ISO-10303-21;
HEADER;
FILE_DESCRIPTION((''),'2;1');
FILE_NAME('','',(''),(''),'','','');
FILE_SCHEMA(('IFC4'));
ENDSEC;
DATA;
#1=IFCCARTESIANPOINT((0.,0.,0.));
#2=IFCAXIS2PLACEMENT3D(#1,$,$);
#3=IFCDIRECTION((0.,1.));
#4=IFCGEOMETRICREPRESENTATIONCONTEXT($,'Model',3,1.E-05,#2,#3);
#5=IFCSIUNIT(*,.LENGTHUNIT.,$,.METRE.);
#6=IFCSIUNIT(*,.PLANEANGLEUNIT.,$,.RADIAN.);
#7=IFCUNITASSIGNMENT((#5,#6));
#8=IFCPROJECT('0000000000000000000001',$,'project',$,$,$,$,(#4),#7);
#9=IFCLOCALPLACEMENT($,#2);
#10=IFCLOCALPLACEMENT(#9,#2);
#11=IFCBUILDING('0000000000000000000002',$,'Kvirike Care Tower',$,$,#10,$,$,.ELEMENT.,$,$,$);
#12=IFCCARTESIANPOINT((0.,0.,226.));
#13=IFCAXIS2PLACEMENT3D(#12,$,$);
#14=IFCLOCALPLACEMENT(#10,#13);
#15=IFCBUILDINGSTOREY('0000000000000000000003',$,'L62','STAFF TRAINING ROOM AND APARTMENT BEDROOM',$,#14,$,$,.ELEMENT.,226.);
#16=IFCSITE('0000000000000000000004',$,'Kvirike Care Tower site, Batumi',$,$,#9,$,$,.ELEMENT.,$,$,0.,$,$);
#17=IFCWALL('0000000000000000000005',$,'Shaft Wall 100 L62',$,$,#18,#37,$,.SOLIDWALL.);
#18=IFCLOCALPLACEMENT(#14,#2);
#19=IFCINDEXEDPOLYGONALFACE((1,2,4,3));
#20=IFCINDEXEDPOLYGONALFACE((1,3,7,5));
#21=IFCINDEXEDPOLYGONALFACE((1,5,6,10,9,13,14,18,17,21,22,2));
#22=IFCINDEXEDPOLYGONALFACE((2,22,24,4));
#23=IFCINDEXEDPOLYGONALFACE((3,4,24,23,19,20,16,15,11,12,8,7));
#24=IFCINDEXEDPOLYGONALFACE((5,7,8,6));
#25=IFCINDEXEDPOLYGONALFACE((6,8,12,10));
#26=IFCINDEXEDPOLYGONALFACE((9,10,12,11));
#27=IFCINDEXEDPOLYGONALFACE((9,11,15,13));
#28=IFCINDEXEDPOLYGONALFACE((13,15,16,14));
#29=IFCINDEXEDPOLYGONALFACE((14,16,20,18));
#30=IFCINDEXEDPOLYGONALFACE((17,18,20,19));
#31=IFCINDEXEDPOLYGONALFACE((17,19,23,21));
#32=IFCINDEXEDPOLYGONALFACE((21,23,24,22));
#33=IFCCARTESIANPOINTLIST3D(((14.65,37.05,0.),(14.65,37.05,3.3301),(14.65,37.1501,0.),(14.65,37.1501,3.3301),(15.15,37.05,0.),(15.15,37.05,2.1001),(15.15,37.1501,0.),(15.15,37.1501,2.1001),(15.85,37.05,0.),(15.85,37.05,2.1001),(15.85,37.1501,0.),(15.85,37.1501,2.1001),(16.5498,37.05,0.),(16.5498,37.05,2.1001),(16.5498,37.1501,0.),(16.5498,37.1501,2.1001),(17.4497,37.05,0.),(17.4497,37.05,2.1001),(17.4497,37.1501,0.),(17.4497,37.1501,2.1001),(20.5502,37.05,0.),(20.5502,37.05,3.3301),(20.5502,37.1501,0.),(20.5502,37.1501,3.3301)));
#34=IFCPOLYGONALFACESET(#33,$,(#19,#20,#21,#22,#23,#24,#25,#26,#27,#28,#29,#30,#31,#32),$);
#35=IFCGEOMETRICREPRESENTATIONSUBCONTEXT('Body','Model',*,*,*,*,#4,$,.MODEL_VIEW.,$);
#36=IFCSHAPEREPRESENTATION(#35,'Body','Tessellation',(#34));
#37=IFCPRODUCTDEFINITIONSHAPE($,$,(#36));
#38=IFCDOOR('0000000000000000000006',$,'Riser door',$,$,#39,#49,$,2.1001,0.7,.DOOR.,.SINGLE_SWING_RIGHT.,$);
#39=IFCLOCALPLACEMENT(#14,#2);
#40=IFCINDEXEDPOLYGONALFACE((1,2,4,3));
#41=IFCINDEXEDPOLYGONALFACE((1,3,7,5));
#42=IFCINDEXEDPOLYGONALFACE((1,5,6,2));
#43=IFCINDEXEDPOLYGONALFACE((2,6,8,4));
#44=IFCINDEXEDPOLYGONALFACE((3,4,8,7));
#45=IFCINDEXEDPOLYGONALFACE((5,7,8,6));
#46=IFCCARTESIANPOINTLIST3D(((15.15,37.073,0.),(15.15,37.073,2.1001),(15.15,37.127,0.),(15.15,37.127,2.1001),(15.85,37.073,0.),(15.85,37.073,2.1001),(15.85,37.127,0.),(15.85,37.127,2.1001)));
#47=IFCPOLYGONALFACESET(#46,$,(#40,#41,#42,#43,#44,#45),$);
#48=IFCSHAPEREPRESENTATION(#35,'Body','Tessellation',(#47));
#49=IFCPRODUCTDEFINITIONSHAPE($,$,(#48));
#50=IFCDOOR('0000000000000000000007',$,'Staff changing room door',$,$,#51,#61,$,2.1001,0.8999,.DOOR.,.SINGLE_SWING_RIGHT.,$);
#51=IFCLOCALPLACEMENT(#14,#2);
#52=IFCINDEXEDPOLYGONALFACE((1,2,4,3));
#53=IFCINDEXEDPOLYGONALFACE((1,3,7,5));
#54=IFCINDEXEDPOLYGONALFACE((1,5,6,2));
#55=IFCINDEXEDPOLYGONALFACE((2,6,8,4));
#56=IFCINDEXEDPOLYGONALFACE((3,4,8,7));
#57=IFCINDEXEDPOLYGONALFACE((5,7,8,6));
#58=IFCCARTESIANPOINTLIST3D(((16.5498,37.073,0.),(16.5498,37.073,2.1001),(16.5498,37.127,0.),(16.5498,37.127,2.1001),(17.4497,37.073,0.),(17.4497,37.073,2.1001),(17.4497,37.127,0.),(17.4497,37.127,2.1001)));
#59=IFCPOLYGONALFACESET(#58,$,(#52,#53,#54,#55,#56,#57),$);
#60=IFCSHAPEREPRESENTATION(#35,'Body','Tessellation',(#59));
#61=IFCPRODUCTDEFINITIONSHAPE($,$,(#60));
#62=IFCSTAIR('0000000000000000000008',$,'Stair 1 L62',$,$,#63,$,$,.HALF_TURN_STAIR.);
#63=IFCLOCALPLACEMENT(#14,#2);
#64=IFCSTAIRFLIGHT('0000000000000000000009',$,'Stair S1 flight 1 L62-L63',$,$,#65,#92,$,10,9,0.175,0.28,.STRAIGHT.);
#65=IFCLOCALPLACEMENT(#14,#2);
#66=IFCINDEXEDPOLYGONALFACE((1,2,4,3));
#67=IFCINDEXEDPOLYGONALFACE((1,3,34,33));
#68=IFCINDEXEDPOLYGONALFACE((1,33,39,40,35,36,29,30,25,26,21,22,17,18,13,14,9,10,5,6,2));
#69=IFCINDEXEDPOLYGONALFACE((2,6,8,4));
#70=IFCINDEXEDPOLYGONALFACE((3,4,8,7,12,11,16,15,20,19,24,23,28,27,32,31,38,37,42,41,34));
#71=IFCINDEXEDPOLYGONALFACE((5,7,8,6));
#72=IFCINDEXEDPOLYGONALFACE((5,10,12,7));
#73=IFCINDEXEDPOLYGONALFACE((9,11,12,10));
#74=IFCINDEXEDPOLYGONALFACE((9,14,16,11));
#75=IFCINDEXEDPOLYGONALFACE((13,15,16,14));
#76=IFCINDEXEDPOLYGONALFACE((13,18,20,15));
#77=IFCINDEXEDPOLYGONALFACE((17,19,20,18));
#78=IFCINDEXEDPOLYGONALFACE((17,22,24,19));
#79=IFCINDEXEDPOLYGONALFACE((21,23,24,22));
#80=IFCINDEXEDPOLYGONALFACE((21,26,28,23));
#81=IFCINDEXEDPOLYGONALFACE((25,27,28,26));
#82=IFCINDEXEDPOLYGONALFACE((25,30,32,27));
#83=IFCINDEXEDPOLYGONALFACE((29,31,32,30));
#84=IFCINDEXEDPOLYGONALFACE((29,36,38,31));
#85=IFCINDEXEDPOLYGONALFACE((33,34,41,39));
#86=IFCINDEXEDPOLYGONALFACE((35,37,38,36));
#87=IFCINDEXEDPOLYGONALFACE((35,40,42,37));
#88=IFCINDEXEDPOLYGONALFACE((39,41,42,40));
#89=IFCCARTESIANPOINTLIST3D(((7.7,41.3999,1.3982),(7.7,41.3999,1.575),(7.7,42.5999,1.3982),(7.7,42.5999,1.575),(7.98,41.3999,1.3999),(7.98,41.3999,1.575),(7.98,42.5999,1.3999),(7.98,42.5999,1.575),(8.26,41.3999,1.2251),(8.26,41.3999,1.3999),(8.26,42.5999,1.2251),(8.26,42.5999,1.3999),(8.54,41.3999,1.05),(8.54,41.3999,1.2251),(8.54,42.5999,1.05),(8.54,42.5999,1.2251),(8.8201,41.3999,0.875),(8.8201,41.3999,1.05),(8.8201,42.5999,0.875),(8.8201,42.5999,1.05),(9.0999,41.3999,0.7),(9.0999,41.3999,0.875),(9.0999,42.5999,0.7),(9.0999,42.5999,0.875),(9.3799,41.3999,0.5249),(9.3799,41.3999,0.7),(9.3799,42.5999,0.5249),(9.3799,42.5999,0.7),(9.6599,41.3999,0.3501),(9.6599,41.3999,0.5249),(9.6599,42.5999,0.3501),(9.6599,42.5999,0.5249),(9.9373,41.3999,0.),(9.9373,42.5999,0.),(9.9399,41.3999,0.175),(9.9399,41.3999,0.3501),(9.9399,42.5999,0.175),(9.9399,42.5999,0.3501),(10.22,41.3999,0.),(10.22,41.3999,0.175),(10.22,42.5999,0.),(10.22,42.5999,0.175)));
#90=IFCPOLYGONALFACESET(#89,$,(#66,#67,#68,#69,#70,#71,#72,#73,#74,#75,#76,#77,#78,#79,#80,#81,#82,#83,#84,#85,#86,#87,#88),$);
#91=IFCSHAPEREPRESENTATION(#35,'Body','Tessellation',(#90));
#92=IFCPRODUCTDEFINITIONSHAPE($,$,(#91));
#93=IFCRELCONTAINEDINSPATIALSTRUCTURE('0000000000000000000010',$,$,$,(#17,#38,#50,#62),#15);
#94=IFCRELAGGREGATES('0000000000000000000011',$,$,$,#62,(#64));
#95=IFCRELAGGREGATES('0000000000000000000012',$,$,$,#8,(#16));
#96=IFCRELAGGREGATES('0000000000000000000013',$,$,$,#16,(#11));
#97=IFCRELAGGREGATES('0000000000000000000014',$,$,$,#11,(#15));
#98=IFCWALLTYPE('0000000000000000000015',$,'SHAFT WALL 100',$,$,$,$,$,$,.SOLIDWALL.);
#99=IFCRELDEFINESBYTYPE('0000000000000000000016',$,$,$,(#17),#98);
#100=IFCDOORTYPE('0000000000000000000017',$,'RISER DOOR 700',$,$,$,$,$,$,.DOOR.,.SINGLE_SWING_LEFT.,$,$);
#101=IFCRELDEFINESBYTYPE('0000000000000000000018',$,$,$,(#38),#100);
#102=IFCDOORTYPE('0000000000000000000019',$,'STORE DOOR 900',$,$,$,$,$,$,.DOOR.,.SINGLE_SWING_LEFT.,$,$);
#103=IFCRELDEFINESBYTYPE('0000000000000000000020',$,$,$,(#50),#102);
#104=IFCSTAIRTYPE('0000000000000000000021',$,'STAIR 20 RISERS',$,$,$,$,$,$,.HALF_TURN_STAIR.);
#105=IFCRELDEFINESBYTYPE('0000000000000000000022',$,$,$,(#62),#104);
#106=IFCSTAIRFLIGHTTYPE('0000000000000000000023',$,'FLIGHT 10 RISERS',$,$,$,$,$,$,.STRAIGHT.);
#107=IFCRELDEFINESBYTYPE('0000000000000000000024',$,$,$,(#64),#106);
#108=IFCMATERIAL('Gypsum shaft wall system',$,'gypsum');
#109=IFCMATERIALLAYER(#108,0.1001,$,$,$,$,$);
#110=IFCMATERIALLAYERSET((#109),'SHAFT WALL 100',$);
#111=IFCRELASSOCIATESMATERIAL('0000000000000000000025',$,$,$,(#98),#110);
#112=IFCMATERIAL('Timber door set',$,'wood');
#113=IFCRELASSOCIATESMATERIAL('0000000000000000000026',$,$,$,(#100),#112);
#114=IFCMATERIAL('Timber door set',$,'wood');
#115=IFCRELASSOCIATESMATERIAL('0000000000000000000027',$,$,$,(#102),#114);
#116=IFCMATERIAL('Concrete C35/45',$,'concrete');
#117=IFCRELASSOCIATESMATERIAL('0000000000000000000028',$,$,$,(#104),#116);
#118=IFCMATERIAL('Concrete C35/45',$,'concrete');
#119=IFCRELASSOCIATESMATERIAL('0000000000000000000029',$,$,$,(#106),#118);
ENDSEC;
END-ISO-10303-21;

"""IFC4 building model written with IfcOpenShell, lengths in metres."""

from ifc_helpers import new_model, si_unit, direction, frame, frame_2d, origin, place, context, subcontext, project, spatial, polyline, rectangle, outline, extrude, material, layer, layer_set, type_object, element, fill, aggregate, save


model = new_model("IFC4")

# Units and contexts
model_context = context("Model", 3, precision=1e-05, world=origin(), true_north=direction((0.0, 1.0)))
body_context = subcontext(model_context, "Body", "Model", "MODEL_VIEW")
ifc_project = project(units=[si_unit("LENGTHUNIT", "METRE"), si_unit("PLANEANGLEUNIT", "RADIAN")], contexts=[model_context])

# Site, building, storey
site_placement = place(None, origin())
site = spatial("IfcSite", under=ifc_project, at=site_placement, Name="Kvirike Care Tower site, Batumi", CompositionType="ELEMENT", RefElevation=0.0)
building_placement = place(site_placement, origin())
building = spatial("IfcBuilding", under=site, at=building_placement, Name="Kvirike Care Tower", CompositionType="ELEMENT")
storey_placement = place(building_placement, frame((0.0, 0.0, 226.0)))
storey = spatial("IfcBuildingStorey", under=building, at=storey_placement, Name="L62", Description="STAFF TRAINING ROOM AND APARTMENT BEDROOM", CompositionType="ELEMENT", Elevation=226.0)

# Shared definitions
ifc_material_1 = material(Name="Gypsum shaft wall system", Category="gypsum")
ifc_layer_1 = layer(ifc_material_1, 0.1001)
ifc_layer_set_1 = layer_set([ifc_layer_1], Name="SHAFT WALL 100")
wall_type_1 = type_object("IfcWallType", Name="SHAFT WALL 100", PredefinedType="SOLIDWALL", material=ifc_layer_set_1)

# Shared definitions
ifc_material_2 = material(Name="Timber door set", Category="wood")
door_type_1 = type_object("IfcDoorType", Name="RISER DOOR 700", OperationType="SINGLE_SWING_LEFT", PredefinedType="DOOR", material=ifc_material_2)

# Wall, openings, doors
wall_1_placement = place(storey_placement, frame((14.6499, 37.1001, 0.0), z_axis=(0.0, 0.0, 1.0), x_axis=(1.0, 0.0, 0.0)))
wall_1 = element("IfcWall", 1, at=wall_1_placement, inside=storey, type_object=wall_type_1, Name="Shaft Wall 100 L62", PredefinedType="SOLIDWALL", context=body_context, shape_type="SweptSolid", body=[
    extrude(rectangle(XDim=5.9001, YDim=0.1001, at=frame_2d((2.9502, 0.0))), origin(), (0.0, 0.0, 1.0), 3.3301),
])
opening_1_placement = place(wall_1_placement, frame((0.5, 0.0, 0.0)))
opening_1 = element("IfcOpeningElement", 2, at=opening_1_placement, cuts=wall_1, PredefinedType="OPENING", context=body_context, shape_type="SweptSolid", body=[
    extrude(rectangle(XDim=0.7, YDim=2.1001, at=frame_2d((0.3501, 1.05))), frame((0.0, 0.0605, 0.0), z_axis=(0.0, -1.0, 0.0), x_axis=(1.0, 0.0, 0.0)), (0.0, 0.0, 1.0), 0.1211),
])
opening_2_placement = place(wall_1_placement, frame((1.8999, 0.0, 0.0)))
opening_2 = element("IfcOpeningElement", 3, at=opening_2_placement, cuts=wall_1, PredefinedType="OPENING", context=body_context, shape_type="SweptSolid", body=[
    extrude(rectangle(XDim=0.8999, YDim=2.1001, at=frame_2d((0.45, 1.05))), frame((0.0, 0.0605, 0.0), z_axis=(0.0, -1.0, 0.0), x_axis=(1.0, 0.0, 0.0)), (0.0, 0.0, 1.0), 0.1211),
])
door_1_placement = place(opening_1_placement, origin())
door_1 = element("IfcDoor", 4, at=door_1_placement, inside=storey, type_object=door_type_1, Name="Riser door", OperationType="SINGLE_SWING_RIGHT", OverallHeight=2.1001, OverallWidth=0.7, PredefinedType="DOOR", context=body_context, shape_type="SweptSolid", body=[
    extrude(rectangle(XDim=0.7, YDim=2.1001, at=frame_2d((0.3501, 1.05))), frame((0.0, 0.0269, 0.0), z_axis=(0.0, -1.0, 0.0), x_axis=(1.0, 0.0, 0.0)), (0.0, 0.0, 1.0), 0.054),
])
fill(opening_1, door_1)
ifc_material_3 = material(Name="Timber door set", Category="wood")
door_type_2 = type_object("IfcDoorType", Name="STORE DOOR 900", OperationType="SINGLE_SWING_LEFT", PredefinedType="DOOR", material=ifc_material_3)
door_2_placement = place(opening_2_placement, origin())
door_2 = element("IfcDoor", 5, at=door_2_placement, inside=storey, type_object=door_type_2, Name="Staff changing room door", OperationType="SINGLE_SWING_RIGHT", OverallHeight=2.1001, OverallWidth=0.8999, PredefinedType="DOOR", context=body_context, shape_type="SweptSolid", body=[
    extrude(rectangle(XDim=0.8999, YDim=2.1001, at=frame_2d((0.45, 1.05))), frame((0.0, 0.0269, 0.0), z_axis=(0.0, -1.0, 0.0), x_axis=(1.0, 0.0, 0.0)), (0.0, 0.0, 1.0), 0.054),
])
fill(opening_2, door_2)

# Stair, stair flight
ifc_material_4 = material(Name="Concrete C35/45", Category="concrete")
stair_type = type_object("IfcStairType", Name="STAIR 20 RISERS", PredefinedType="HALF_TURN_STAIR", material=ifc_material_4)
stair_placement = place(storey_placement, origin())
stair = element("IfcStair", 6, at=stair_placement, inside=storey, type_object=stair_type, Name="Stair 1 L62", PredefinedType="HALF_TURN_STAIR")
ifc_material_5 = material(Name="Concrete C35/45", Category="concrete")
stair_flight_type = type_object("IfcStairFlightType", Name="FLIGHT 10 RISERS", PredefinedType="STRAIGHT", material=ifc_material_5)
stair_flight_placement = place(storey_placement, frame((10.22, 42.0, 0.0), z_axis=(0.0, 0.0, 1.0), x_axis=(-1.0, 0.0, 0.0)))
stair_flight = element("IfcStairFlight", 7, at=stair_flight_placement, type_object=stair_flight_type, Name="Stair S1 flight 1 L62-L63", NumberOfRisers=10, NumberOfTreads=9, PredefinedType="STRAIGHT", RiserHeight=0.175, TreadLength=0.28, context=body_context, shape_type="SweptSolid", body=[
    extrude(outline(polyline([(0.0, 0.0), (0.0, 0.175), (0.28, 0.175), (0.28, 0.3501), (0.5601, 0.3501), (0.5601, 0.5249), (0.8401, 0.5249), (0.8401, 0.7), (1.1201, 0.7), (1.1201, 0.875), (1.3999, 0.875), (1.3999, 1.05), (1.6799, 1.05), (1.6799, 1.2251), (1.96, 1.2251), (1.96, 1.3999), (2.24, 1.3999), (2.24, 1.575), (2.52, 1.575), (2.52, 1.75), (2.52, 1.3982), (0.2827, 0.0), (0.0, 0.0)])), frame((0.0, 0.6001, 0.0), z_axis=(0.0, -1.0, 0.0), x_axis=(1.0, 0.0, 0.0)), (0.0, 0.0, 1.0), 1.2),
])
aggregate(stair, [stair_flight])

save(model, "model.ifc")
